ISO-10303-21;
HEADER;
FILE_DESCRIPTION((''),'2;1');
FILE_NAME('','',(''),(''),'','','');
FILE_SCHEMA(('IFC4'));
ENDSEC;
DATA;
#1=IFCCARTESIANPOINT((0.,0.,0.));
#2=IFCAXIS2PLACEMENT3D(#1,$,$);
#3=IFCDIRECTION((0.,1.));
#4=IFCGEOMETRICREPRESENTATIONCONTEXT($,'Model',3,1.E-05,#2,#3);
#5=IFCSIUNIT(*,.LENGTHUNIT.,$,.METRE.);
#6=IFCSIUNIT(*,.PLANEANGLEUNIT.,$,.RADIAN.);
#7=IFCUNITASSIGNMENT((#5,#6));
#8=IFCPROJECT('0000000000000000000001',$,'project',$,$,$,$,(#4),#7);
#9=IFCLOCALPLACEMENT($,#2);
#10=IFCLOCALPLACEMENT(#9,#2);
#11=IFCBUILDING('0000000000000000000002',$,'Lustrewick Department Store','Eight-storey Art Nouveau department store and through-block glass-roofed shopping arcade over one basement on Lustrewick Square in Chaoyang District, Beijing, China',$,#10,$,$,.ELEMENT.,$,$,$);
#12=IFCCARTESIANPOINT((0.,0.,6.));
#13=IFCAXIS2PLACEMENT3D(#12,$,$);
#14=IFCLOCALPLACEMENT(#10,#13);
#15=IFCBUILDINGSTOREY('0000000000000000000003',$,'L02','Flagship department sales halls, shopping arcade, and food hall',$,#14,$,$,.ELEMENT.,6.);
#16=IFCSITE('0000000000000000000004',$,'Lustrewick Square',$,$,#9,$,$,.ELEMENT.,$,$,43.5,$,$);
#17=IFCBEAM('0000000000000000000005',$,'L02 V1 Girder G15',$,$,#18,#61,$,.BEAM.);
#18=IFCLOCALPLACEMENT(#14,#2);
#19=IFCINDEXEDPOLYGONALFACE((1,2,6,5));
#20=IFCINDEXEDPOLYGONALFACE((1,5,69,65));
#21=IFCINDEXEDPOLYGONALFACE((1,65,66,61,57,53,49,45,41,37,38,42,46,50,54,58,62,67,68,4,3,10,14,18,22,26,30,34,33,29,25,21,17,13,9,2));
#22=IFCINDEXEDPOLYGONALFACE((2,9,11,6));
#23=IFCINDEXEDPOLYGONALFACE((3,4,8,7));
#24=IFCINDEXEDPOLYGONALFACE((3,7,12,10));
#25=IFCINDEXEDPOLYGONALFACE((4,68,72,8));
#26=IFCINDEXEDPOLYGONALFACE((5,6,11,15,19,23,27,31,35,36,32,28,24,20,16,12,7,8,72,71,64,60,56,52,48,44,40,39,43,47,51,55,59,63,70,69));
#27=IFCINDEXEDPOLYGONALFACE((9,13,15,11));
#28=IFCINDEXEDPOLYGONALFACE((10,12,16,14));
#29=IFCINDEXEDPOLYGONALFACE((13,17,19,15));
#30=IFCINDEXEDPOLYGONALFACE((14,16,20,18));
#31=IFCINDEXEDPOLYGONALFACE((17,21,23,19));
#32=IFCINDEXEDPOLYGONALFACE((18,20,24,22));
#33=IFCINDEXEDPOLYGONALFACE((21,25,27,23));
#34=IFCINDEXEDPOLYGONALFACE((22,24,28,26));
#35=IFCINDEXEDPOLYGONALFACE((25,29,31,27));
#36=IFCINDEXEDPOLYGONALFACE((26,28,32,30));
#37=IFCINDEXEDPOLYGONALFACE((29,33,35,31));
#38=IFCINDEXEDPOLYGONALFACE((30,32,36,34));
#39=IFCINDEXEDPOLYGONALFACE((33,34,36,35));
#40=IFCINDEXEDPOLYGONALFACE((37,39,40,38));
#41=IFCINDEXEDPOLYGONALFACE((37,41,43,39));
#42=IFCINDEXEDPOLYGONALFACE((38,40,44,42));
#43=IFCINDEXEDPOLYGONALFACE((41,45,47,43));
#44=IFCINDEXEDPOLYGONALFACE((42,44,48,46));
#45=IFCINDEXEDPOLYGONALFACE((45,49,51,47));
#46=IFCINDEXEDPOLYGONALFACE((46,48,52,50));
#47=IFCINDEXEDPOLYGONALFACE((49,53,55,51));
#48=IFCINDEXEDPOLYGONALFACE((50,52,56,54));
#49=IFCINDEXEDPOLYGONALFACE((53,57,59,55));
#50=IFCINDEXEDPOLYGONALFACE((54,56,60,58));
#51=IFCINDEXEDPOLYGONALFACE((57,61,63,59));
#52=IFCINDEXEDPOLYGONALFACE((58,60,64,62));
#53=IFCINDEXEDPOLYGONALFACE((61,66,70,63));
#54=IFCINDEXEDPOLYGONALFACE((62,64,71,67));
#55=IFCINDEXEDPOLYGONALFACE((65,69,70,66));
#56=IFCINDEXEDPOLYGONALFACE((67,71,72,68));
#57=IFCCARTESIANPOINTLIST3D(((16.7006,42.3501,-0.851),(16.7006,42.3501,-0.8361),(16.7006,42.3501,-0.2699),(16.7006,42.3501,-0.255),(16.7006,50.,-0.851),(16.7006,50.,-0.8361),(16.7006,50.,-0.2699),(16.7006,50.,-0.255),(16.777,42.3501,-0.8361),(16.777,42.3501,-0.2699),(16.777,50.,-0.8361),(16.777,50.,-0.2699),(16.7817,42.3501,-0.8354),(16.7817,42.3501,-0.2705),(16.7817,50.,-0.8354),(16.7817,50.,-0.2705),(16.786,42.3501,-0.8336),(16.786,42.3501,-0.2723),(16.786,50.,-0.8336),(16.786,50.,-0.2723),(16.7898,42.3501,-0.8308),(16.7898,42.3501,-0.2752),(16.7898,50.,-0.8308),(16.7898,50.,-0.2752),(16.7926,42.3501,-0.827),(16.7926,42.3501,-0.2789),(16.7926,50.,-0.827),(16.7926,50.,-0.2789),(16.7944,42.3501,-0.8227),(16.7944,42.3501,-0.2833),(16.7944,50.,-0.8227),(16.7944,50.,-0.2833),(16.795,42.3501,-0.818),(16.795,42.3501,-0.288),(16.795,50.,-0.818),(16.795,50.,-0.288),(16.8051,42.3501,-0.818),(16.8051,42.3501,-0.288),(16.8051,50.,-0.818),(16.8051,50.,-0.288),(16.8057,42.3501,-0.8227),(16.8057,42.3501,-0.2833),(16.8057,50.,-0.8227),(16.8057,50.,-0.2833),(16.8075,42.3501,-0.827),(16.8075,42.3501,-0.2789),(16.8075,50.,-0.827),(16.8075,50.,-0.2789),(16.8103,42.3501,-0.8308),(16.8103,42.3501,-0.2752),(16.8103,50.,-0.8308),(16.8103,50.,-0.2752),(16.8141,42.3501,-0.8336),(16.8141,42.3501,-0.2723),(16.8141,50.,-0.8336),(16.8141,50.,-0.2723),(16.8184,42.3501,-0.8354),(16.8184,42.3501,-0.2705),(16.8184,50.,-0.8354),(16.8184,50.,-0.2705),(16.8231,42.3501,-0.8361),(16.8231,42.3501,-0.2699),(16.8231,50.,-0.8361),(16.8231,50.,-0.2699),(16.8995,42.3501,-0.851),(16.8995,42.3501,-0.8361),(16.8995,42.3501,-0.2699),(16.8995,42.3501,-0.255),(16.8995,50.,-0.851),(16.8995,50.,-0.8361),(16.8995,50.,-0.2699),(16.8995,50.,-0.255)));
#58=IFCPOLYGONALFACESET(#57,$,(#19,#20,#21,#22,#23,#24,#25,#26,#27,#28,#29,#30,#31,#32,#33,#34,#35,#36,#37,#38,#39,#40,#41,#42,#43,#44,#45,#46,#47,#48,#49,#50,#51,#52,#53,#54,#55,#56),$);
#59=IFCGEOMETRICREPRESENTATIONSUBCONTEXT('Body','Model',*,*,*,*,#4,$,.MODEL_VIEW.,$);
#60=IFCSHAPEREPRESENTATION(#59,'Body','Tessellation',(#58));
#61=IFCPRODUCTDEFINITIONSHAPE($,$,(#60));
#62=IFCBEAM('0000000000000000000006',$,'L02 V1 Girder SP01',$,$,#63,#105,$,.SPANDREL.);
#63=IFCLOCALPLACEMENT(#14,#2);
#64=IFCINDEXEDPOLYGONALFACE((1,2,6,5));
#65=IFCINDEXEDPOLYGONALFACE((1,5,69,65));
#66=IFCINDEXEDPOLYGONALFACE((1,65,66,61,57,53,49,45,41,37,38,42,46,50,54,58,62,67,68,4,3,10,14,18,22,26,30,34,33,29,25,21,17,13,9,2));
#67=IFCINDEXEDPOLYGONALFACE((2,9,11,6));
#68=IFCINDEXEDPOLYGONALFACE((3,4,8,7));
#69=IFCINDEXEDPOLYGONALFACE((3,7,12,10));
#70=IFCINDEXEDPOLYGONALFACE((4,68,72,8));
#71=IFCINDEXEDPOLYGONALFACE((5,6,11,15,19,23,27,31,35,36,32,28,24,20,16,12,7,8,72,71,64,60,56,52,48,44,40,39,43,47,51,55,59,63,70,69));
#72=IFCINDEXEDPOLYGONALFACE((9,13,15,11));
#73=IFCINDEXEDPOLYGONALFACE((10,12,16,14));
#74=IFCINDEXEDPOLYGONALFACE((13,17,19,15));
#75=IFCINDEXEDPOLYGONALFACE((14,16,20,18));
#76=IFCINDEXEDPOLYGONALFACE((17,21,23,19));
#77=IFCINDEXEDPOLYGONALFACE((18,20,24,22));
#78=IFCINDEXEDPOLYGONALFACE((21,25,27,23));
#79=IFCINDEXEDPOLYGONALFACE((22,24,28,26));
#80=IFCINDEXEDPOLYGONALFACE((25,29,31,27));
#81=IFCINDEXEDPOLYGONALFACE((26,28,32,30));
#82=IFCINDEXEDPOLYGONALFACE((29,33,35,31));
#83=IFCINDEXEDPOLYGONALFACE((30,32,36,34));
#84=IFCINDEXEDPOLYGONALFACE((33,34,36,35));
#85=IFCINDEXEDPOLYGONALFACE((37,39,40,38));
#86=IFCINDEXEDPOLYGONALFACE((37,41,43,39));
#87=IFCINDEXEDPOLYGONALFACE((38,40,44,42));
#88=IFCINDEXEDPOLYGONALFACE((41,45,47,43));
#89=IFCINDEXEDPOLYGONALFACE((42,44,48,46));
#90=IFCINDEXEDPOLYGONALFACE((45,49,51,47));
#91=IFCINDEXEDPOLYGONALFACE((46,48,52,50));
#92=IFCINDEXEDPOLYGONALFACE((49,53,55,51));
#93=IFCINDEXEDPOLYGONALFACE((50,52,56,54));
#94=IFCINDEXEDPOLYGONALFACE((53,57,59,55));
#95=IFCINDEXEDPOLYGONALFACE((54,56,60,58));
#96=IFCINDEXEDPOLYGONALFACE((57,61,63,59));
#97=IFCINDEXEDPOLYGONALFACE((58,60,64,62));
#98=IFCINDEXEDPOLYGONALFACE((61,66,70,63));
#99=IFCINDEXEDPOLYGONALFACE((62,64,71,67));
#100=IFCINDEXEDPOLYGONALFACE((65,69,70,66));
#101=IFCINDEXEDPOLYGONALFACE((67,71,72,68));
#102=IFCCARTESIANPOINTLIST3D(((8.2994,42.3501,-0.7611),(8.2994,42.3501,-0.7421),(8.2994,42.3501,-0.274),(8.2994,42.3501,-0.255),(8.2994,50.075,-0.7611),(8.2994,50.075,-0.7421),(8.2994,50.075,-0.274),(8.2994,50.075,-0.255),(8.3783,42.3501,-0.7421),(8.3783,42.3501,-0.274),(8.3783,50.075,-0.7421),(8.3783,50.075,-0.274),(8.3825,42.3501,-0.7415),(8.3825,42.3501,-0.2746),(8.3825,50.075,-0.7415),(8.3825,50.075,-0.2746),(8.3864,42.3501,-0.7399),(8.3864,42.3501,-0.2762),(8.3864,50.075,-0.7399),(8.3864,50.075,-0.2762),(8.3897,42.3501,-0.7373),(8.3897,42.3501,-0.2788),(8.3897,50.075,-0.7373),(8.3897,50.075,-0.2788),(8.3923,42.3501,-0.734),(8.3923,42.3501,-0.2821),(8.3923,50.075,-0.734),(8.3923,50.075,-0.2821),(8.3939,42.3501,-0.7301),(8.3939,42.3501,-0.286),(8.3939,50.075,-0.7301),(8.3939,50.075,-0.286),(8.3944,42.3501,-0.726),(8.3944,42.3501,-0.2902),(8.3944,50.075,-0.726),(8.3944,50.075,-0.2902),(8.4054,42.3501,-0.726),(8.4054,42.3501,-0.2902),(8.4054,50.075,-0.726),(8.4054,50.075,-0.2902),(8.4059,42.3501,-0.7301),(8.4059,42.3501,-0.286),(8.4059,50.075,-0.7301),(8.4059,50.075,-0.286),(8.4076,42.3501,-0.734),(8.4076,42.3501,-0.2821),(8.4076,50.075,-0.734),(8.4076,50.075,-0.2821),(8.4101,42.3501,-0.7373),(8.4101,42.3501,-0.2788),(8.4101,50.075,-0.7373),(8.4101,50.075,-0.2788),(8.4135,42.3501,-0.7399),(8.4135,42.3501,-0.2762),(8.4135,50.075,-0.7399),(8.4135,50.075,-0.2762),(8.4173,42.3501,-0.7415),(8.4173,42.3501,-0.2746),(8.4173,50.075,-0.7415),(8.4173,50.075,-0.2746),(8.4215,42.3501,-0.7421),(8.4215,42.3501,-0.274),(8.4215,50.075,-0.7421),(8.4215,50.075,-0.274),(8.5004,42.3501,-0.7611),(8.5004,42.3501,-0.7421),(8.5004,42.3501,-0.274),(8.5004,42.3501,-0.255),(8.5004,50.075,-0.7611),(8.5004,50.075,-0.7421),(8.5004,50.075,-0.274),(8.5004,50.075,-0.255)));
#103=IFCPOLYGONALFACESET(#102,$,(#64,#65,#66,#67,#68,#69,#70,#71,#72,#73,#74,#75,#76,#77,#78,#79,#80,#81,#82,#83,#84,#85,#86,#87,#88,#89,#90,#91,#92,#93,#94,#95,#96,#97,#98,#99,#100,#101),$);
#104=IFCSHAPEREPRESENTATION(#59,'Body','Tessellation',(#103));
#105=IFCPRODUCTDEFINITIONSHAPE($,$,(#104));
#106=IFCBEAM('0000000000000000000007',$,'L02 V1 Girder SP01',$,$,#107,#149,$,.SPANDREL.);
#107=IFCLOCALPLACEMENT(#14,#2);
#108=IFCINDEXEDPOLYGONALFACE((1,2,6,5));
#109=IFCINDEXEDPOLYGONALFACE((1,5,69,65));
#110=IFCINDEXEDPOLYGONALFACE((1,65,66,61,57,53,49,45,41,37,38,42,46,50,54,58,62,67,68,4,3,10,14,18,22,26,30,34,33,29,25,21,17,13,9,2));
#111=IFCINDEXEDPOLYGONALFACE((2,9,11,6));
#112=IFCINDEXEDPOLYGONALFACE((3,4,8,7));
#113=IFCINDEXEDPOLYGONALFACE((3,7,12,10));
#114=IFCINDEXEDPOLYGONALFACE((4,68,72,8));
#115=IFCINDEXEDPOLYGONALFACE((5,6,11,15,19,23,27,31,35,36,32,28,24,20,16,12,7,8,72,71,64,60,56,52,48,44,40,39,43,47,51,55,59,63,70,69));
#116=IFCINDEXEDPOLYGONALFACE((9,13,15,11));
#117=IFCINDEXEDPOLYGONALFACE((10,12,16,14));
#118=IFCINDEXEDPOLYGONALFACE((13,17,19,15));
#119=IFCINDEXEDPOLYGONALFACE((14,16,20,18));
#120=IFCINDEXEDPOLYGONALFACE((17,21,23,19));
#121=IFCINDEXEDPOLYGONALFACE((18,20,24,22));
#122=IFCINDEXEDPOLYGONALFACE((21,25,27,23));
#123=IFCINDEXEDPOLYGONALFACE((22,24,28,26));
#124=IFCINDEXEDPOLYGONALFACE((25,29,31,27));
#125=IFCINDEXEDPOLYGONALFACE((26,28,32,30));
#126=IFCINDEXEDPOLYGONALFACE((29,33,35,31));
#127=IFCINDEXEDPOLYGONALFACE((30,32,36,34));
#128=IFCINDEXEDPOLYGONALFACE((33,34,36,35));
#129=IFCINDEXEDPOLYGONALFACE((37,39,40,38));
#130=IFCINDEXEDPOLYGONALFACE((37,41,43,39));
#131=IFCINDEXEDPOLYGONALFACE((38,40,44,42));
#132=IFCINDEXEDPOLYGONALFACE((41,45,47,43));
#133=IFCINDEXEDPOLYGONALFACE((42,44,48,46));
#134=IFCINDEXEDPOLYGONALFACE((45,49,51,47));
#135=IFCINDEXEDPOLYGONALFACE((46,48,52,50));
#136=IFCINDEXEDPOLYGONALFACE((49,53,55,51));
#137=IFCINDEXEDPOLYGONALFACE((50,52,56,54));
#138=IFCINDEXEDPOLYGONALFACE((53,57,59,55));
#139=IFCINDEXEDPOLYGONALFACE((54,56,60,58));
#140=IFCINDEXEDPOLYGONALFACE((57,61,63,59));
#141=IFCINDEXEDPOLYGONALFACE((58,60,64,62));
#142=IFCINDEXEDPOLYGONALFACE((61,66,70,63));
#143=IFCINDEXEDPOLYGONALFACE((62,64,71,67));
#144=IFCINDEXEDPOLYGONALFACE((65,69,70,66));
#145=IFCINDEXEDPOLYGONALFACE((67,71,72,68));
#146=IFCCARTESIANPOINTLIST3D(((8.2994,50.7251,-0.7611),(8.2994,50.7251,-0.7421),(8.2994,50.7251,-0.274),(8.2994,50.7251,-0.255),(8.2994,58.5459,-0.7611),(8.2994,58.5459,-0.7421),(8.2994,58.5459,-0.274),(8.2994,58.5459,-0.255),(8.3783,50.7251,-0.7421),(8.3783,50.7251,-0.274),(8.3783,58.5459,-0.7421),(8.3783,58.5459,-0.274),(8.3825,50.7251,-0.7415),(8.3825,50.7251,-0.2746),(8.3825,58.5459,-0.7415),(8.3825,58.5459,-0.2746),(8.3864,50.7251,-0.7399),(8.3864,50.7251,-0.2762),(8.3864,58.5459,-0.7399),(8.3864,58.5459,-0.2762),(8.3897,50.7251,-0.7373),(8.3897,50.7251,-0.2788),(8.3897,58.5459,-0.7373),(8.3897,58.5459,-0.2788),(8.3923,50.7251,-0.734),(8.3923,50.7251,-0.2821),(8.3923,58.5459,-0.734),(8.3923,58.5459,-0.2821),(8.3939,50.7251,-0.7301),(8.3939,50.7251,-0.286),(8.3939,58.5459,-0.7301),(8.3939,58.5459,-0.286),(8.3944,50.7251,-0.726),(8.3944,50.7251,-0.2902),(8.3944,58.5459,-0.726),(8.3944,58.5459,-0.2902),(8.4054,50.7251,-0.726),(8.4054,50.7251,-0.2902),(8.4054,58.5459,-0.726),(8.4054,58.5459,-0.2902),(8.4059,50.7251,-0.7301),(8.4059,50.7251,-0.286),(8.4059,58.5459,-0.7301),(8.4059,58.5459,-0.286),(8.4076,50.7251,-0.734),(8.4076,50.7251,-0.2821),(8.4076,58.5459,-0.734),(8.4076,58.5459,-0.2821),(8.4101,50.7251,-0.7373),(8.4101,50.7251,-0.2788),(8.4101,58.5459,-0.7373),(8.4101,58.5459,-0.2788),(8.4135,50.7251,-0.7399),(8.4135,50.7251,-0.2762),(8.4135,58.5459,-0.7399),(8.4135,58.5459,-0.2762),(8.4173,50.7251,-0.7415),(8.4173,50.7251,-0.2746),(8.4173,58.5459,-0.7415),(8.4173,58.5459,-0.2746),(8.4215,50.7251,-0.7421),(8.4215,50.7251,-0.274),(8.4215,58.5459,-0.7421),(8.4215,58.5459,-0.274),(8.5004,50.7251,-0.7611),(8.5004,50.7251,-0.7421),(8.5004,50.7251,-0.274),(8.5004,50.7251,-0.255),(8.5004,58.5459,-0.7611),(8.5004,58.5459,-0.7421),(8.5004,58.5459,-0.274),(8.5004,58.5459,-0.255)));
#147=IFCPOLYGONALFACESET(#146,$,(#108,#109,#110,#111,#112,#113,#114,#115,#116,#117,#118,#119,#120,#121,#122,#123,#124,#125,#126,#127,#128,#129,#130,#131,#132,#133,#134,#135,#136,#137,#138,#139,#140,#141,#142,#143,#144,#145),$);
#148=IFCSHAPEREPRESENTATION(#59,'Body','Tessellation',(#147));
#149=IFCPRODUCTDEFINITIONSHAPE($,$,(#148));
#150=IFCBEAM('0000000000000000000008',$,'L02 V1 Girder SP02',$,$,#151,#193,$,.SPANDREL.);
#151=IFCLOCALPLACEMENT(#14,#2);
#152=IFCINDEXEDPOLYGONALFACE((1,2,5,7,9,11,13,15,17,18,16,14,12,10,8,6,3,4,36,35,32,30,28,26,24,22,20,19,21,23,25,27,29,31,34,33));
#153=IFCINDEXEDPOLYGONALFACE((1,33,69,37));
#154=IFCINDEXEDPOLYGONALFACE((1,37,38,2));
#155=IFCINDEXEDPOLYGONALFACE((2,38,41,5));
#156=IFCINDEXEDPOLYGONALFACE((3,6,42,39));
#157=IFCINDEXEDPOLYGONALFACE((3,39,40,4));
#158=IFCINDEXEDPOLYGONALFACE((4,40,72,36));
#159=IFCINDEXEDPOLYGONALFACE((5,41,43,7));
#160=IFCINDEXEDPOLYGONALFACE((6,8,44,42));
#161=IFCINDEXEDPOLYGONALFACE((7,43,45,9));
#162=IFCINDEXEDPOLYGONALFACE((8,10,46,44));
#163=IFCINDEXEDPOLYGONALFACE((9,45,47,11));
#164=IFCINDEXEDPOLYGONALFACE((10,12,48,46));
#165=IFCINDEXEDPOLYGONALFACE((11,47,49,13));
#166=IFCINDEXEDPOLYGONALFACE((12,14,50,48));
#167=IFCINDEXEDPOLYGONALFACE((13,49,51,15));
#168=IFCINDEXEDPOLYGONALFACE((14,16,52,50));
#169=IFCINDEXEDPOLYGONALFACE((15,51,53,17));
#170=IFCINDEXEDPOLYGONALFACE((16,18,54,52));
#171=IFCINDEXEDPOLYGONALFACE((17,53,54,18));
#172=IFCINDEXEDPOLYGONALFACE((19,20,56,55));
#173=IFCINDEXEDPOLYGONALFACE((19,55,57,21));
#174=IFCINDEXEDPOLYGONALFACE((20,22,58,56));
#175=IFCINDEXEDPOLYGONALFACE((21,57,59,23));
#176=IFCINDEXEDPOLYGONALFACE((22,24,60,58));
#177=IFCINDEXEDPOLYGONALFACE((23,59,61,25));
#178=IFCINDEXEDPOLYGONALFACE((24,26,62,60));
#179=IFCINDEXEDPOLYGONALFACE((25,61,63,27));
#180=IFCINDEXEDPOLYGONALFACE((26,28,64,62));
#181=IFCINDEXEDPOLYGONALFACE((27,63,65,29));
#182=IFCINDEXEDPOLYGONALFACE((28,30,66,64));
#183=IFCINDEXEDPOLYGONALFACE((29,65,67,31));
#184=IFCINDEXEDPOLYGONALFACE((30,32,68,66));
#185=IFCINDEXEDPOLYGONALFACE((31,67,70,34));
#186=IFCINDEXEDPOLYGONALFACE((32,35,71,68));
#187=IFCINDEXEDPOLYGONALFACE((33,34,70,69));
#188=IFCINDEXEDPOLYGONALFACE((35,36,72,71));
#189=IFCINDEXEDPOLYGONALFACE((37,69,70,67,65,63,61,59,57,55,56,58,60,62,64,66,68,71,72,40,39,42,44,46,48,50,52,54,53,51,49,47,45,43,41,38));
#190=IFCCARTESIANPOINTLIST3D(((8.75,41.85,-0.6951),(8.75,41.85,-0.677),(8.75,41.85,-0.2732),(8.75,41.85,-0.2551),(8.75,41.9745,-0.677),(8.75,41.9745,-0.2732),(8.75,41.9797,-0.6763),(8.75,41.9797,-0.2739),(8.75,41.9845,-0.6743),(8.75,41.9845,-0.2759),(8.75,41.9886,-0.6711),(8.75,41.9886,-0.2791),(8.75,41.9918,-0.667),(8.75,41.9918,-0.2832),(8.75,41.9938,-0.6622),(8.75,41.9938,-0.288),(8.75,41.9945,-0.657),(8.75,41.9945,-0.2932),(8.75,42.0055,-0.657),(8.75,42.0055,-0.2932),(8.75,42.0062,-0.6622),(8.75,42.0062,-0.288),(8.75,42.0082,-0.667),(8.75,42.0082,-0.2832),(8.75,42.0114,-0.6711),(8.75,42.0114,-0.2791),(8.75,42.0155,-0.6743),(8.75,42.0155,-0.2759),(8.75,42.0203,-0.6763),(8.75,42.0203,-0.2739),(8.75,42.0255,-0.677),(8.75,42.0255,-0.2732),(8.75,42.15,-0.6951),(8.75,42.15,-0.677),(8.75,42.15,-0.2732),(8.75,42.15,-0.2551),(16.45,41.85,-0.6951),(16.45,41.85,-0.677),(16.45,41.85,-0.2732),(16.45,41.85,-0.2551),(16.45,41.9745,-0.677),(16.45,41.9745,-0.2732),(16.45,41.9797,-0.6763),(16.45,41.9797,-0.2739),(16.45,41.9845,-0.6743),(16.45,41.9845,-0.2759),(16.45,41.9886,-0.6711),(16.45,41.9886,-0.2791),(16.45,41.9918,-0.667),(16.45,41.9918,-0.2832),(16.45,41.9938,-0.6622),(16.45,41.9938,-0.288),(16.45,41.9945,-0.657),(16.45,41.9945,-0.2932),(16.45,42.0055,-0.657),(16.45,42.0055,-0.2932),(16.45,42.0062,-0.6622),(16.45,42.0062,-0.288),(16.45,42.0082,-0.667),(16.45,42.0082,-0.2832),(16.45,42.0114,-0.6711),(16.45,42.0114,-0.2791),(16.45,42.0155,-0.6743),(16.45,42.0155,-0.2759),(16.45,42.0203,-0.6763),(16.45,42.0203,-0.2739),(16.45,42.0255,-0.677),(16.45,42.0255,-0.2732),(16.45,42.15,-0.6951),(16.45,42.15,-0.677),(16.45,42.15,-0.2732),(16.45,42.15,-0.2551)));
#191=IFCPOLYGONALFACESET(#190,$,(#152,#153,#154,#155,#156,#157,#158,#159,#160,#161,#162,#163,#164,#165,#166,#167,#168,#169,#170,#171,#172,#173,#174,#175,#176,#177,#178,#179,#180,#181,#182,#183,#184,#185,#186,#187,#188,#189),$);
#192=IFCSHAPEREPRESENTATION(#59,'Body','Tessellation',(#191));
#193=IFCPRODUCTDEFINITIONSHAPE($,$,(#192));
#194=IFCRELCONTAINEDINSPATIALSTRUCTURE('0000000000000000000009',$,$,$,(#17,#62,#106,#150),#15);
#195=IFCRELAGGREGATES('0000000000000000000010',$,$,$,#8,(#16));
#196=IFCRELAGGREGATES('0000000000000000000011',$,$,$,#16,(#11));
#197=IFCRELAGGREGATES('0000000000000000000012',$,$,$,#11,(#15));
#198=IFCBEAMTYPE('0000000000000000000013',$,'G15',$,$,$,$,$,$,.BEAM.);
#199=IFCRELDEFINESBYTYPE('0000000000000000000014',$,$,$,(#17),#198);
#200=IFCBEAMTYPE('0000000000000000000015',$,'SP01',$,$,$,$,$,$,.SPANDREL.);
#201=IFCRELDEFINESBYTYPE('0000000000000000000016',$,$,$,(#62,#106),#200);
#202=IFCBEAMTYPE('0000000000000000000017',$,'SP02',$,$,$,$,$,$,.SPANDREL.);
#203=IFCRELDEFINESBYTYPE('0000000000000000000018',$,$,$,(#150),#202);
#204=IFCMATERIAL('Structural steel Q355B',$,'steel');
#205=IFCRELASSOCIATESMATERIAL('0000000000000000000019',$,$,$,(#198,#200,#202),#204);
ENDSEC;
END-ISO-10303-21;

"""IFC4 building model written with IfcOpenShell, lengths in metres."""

from ifc_helpers import new_model, si_unit, direction, frame, origin, origin_2d, place, context, subcontext, project, spatial, i_section, extrude, material, material_profile, profile_set, type_object, element, save


model = new_model("IFC4")

# Units and contexts
model_context = context("Model", 3, precision=1e-05, world=origin(), true_north=direction((0.0, 1.0)))
body_context = subcontext(model_context, "Body", "Model", "MODEL_VIEW")
ifc_project = project(units=[si_unit("LENGTHUNIT", "METRE"), si_unit("PLANEANGLEUNIT", "RADIAN")], contexts=[model_context])

# Site, building, storey
site_placement = place(None, origin())
site = spatial("IfcSite", under=ifc_project, at=site_placement, Name="Lustrewick Square", CompositionType="ELEMENT", RefElevation=43.5)
building_placement = place(site_placement, origin())
building = spatial("IfcBuilding", under=site, at=building_placement, Name="Lustrewick Department Store", Description="Eight-storey Art Nouveau department store and through-block glass-roofed shopping arcade over one basement on Lustrewick Square in Chaoyang District, Beijing, China", CompositionType="ELEMENT")
storey_placement = place(building_placement, frame((0.0, 0.0, 6.0)))
storey = spatial("IfcBuildingStorey", under=building, at=storey_placement, Name="L02", Description="Flagship department sales halls, shopping arcade, and food hall", CompositionType="ELEMENT", Elevation=6.0)

# Shared definitions
ifc_material_1 = material(Name="Structural steel Q355B", Category="steel")

# Beams
ifc_material_profile_1 = material_profile(ifc_material_1, i_section(OverallWidth=0.199, OverallDepth=0.5959, WebThickness=0.01, FlangeThickness=0.0149, FilletRadius=0.0181, at=origin_2d()), Name="HN 596x199x10x15")
ifc_profile_set_1 = profile_set([ifc_material_profile_1], Name="Structural steel Q355B")
beam_type_1 = type_object("IfcBeamType", Name="G15", PredefinedType="BEAM", material=ifc_profile_set_1)
beam_1_placement = place(storey_placement, frame((16.8, 42.3501, -0.553), z_axis=(0.0, 1.0, 0.0), x_axis=(-1.0, 0.0, 0.0)))
element("IfcBeam", 1, at=beam_1_placement, inside=storey, type_object=beam_type_1, Name="L02 V1 Girder G15", PredefinedType="BEAM", context=body_context, shape_type="SweptSolid", body=[
    extrude(i_section(OverallWidth=0.199, OverallDepth=0.5959, WebThickness=0.01, FlangeThickness=0.0149, FilletRadius=0.0181, at=origin_2d()), origin(), (0.0, 0.0, 1.0), 7.6499),
])
ifc_material_profile_2 = material_profile(ifc_material_1, i_section(OverallWidth=0.2009, OverallDepth=0.5061, WebThickness=0.011, FlangeThickness=0.019, FilletRadius=0.0161, at=origin_2d()), Name="HN 506x201x11x19")
ifc_profile_set_2 = profile_set([ifc_material_profile_2], Name="Structural steel Q355B")
beam_type_2 = type_object("IfcBeamType", Name="SP01", PredefinedType="SPANDREL", material=ifc_profile_set_2)
beam_2_placement = place(storey_placement, frame((8.3999, 42.3501, -0.5081), z_axis=(0.0, 1.0, 0.0), x_axis=(-1.0, 0.0, 0.0)))
element("IfcBeam", 2, at=beam_2_placement, inside=storey, type_object=beam_type_2, Name="L02 V1 Girder SP01", PredefinedType="SPANDREL", context=body_context, shape_type="SweptSolid", body=[
    extrude(i_section(OverallWidth=0.2009, OverallDepth=0.5061, WebThickness=0.011, FlangeThickness=0.019, FilletRadius=0.0161, at=origin_2d()), origin(), (0.0, 0.0, 1.0), 7.7249),
])
beam_3_placement = place(storey_placement, frame((8.3999, 50.7251, -0.5081), z_axis=(0.0, 1.0, 0.0), x_axis=(-1.0, 0.0, 0.0)))
element("IfcBeam", 3, at=beam_3_placement, inside=storey, type_object=beam_type_2, Name="L02 V1 Girder SP01", PredefinedType="SPANDREL", context=body_context, shape_type="SweptSolid", body=[
    extrude(i_section(OverallWidth=0.2009, OverallDepth=0.5061, WebThickness=0.011, FlangeThickness=0.019, FilletRadius=0.0161, at=origin_2d()), origin(), (0.0, 0.0, 1.0), 7.8208),
])
ifc_material_profile_3 = material_profile(ifc_material_1, i_section(OverallWidth=0.3, OverallDepth=0.4399, WebThickness=0.011, FlangeThickness=0.0181, FilletRadius=0.02, at=origin_2d()), Name="HM 440x300x11x18")
ifc_profile_set_3 = profile_set([ifc_material_profile_3], Name="Structural steel Q355B")
beam_type_3 = type_object("IfcBeamType", Name="SP02", PredefinedType="SPANDREL", material=ifc_profile_set_3)
beam_4_placement = place(storey_placement, frame((8.75, 42.0, -0.4751), z_axis=(1.0, 0.0, 0.0), x_axis=(0.0, 1.0, 0.0)))
element("IfcBeam", 4, at=beam_4_placement, inside=storey, type_object=beam_type_3, Name="L02 V1 Girder SP02", PredefinedType="SPANDREL", context=body_context, shape_type="SweptSolid", body=[
    extrude(i_section(OverallWidth=0.3, OverallDepth=0.4399, WebThickness=0.011, FlangeThickness=0.0181, FilletRadius=0.02, at=origin_2d()), origin(), (0.0, 0.0, 1.0), 7.7),
])

save(model, "model.ifc")
